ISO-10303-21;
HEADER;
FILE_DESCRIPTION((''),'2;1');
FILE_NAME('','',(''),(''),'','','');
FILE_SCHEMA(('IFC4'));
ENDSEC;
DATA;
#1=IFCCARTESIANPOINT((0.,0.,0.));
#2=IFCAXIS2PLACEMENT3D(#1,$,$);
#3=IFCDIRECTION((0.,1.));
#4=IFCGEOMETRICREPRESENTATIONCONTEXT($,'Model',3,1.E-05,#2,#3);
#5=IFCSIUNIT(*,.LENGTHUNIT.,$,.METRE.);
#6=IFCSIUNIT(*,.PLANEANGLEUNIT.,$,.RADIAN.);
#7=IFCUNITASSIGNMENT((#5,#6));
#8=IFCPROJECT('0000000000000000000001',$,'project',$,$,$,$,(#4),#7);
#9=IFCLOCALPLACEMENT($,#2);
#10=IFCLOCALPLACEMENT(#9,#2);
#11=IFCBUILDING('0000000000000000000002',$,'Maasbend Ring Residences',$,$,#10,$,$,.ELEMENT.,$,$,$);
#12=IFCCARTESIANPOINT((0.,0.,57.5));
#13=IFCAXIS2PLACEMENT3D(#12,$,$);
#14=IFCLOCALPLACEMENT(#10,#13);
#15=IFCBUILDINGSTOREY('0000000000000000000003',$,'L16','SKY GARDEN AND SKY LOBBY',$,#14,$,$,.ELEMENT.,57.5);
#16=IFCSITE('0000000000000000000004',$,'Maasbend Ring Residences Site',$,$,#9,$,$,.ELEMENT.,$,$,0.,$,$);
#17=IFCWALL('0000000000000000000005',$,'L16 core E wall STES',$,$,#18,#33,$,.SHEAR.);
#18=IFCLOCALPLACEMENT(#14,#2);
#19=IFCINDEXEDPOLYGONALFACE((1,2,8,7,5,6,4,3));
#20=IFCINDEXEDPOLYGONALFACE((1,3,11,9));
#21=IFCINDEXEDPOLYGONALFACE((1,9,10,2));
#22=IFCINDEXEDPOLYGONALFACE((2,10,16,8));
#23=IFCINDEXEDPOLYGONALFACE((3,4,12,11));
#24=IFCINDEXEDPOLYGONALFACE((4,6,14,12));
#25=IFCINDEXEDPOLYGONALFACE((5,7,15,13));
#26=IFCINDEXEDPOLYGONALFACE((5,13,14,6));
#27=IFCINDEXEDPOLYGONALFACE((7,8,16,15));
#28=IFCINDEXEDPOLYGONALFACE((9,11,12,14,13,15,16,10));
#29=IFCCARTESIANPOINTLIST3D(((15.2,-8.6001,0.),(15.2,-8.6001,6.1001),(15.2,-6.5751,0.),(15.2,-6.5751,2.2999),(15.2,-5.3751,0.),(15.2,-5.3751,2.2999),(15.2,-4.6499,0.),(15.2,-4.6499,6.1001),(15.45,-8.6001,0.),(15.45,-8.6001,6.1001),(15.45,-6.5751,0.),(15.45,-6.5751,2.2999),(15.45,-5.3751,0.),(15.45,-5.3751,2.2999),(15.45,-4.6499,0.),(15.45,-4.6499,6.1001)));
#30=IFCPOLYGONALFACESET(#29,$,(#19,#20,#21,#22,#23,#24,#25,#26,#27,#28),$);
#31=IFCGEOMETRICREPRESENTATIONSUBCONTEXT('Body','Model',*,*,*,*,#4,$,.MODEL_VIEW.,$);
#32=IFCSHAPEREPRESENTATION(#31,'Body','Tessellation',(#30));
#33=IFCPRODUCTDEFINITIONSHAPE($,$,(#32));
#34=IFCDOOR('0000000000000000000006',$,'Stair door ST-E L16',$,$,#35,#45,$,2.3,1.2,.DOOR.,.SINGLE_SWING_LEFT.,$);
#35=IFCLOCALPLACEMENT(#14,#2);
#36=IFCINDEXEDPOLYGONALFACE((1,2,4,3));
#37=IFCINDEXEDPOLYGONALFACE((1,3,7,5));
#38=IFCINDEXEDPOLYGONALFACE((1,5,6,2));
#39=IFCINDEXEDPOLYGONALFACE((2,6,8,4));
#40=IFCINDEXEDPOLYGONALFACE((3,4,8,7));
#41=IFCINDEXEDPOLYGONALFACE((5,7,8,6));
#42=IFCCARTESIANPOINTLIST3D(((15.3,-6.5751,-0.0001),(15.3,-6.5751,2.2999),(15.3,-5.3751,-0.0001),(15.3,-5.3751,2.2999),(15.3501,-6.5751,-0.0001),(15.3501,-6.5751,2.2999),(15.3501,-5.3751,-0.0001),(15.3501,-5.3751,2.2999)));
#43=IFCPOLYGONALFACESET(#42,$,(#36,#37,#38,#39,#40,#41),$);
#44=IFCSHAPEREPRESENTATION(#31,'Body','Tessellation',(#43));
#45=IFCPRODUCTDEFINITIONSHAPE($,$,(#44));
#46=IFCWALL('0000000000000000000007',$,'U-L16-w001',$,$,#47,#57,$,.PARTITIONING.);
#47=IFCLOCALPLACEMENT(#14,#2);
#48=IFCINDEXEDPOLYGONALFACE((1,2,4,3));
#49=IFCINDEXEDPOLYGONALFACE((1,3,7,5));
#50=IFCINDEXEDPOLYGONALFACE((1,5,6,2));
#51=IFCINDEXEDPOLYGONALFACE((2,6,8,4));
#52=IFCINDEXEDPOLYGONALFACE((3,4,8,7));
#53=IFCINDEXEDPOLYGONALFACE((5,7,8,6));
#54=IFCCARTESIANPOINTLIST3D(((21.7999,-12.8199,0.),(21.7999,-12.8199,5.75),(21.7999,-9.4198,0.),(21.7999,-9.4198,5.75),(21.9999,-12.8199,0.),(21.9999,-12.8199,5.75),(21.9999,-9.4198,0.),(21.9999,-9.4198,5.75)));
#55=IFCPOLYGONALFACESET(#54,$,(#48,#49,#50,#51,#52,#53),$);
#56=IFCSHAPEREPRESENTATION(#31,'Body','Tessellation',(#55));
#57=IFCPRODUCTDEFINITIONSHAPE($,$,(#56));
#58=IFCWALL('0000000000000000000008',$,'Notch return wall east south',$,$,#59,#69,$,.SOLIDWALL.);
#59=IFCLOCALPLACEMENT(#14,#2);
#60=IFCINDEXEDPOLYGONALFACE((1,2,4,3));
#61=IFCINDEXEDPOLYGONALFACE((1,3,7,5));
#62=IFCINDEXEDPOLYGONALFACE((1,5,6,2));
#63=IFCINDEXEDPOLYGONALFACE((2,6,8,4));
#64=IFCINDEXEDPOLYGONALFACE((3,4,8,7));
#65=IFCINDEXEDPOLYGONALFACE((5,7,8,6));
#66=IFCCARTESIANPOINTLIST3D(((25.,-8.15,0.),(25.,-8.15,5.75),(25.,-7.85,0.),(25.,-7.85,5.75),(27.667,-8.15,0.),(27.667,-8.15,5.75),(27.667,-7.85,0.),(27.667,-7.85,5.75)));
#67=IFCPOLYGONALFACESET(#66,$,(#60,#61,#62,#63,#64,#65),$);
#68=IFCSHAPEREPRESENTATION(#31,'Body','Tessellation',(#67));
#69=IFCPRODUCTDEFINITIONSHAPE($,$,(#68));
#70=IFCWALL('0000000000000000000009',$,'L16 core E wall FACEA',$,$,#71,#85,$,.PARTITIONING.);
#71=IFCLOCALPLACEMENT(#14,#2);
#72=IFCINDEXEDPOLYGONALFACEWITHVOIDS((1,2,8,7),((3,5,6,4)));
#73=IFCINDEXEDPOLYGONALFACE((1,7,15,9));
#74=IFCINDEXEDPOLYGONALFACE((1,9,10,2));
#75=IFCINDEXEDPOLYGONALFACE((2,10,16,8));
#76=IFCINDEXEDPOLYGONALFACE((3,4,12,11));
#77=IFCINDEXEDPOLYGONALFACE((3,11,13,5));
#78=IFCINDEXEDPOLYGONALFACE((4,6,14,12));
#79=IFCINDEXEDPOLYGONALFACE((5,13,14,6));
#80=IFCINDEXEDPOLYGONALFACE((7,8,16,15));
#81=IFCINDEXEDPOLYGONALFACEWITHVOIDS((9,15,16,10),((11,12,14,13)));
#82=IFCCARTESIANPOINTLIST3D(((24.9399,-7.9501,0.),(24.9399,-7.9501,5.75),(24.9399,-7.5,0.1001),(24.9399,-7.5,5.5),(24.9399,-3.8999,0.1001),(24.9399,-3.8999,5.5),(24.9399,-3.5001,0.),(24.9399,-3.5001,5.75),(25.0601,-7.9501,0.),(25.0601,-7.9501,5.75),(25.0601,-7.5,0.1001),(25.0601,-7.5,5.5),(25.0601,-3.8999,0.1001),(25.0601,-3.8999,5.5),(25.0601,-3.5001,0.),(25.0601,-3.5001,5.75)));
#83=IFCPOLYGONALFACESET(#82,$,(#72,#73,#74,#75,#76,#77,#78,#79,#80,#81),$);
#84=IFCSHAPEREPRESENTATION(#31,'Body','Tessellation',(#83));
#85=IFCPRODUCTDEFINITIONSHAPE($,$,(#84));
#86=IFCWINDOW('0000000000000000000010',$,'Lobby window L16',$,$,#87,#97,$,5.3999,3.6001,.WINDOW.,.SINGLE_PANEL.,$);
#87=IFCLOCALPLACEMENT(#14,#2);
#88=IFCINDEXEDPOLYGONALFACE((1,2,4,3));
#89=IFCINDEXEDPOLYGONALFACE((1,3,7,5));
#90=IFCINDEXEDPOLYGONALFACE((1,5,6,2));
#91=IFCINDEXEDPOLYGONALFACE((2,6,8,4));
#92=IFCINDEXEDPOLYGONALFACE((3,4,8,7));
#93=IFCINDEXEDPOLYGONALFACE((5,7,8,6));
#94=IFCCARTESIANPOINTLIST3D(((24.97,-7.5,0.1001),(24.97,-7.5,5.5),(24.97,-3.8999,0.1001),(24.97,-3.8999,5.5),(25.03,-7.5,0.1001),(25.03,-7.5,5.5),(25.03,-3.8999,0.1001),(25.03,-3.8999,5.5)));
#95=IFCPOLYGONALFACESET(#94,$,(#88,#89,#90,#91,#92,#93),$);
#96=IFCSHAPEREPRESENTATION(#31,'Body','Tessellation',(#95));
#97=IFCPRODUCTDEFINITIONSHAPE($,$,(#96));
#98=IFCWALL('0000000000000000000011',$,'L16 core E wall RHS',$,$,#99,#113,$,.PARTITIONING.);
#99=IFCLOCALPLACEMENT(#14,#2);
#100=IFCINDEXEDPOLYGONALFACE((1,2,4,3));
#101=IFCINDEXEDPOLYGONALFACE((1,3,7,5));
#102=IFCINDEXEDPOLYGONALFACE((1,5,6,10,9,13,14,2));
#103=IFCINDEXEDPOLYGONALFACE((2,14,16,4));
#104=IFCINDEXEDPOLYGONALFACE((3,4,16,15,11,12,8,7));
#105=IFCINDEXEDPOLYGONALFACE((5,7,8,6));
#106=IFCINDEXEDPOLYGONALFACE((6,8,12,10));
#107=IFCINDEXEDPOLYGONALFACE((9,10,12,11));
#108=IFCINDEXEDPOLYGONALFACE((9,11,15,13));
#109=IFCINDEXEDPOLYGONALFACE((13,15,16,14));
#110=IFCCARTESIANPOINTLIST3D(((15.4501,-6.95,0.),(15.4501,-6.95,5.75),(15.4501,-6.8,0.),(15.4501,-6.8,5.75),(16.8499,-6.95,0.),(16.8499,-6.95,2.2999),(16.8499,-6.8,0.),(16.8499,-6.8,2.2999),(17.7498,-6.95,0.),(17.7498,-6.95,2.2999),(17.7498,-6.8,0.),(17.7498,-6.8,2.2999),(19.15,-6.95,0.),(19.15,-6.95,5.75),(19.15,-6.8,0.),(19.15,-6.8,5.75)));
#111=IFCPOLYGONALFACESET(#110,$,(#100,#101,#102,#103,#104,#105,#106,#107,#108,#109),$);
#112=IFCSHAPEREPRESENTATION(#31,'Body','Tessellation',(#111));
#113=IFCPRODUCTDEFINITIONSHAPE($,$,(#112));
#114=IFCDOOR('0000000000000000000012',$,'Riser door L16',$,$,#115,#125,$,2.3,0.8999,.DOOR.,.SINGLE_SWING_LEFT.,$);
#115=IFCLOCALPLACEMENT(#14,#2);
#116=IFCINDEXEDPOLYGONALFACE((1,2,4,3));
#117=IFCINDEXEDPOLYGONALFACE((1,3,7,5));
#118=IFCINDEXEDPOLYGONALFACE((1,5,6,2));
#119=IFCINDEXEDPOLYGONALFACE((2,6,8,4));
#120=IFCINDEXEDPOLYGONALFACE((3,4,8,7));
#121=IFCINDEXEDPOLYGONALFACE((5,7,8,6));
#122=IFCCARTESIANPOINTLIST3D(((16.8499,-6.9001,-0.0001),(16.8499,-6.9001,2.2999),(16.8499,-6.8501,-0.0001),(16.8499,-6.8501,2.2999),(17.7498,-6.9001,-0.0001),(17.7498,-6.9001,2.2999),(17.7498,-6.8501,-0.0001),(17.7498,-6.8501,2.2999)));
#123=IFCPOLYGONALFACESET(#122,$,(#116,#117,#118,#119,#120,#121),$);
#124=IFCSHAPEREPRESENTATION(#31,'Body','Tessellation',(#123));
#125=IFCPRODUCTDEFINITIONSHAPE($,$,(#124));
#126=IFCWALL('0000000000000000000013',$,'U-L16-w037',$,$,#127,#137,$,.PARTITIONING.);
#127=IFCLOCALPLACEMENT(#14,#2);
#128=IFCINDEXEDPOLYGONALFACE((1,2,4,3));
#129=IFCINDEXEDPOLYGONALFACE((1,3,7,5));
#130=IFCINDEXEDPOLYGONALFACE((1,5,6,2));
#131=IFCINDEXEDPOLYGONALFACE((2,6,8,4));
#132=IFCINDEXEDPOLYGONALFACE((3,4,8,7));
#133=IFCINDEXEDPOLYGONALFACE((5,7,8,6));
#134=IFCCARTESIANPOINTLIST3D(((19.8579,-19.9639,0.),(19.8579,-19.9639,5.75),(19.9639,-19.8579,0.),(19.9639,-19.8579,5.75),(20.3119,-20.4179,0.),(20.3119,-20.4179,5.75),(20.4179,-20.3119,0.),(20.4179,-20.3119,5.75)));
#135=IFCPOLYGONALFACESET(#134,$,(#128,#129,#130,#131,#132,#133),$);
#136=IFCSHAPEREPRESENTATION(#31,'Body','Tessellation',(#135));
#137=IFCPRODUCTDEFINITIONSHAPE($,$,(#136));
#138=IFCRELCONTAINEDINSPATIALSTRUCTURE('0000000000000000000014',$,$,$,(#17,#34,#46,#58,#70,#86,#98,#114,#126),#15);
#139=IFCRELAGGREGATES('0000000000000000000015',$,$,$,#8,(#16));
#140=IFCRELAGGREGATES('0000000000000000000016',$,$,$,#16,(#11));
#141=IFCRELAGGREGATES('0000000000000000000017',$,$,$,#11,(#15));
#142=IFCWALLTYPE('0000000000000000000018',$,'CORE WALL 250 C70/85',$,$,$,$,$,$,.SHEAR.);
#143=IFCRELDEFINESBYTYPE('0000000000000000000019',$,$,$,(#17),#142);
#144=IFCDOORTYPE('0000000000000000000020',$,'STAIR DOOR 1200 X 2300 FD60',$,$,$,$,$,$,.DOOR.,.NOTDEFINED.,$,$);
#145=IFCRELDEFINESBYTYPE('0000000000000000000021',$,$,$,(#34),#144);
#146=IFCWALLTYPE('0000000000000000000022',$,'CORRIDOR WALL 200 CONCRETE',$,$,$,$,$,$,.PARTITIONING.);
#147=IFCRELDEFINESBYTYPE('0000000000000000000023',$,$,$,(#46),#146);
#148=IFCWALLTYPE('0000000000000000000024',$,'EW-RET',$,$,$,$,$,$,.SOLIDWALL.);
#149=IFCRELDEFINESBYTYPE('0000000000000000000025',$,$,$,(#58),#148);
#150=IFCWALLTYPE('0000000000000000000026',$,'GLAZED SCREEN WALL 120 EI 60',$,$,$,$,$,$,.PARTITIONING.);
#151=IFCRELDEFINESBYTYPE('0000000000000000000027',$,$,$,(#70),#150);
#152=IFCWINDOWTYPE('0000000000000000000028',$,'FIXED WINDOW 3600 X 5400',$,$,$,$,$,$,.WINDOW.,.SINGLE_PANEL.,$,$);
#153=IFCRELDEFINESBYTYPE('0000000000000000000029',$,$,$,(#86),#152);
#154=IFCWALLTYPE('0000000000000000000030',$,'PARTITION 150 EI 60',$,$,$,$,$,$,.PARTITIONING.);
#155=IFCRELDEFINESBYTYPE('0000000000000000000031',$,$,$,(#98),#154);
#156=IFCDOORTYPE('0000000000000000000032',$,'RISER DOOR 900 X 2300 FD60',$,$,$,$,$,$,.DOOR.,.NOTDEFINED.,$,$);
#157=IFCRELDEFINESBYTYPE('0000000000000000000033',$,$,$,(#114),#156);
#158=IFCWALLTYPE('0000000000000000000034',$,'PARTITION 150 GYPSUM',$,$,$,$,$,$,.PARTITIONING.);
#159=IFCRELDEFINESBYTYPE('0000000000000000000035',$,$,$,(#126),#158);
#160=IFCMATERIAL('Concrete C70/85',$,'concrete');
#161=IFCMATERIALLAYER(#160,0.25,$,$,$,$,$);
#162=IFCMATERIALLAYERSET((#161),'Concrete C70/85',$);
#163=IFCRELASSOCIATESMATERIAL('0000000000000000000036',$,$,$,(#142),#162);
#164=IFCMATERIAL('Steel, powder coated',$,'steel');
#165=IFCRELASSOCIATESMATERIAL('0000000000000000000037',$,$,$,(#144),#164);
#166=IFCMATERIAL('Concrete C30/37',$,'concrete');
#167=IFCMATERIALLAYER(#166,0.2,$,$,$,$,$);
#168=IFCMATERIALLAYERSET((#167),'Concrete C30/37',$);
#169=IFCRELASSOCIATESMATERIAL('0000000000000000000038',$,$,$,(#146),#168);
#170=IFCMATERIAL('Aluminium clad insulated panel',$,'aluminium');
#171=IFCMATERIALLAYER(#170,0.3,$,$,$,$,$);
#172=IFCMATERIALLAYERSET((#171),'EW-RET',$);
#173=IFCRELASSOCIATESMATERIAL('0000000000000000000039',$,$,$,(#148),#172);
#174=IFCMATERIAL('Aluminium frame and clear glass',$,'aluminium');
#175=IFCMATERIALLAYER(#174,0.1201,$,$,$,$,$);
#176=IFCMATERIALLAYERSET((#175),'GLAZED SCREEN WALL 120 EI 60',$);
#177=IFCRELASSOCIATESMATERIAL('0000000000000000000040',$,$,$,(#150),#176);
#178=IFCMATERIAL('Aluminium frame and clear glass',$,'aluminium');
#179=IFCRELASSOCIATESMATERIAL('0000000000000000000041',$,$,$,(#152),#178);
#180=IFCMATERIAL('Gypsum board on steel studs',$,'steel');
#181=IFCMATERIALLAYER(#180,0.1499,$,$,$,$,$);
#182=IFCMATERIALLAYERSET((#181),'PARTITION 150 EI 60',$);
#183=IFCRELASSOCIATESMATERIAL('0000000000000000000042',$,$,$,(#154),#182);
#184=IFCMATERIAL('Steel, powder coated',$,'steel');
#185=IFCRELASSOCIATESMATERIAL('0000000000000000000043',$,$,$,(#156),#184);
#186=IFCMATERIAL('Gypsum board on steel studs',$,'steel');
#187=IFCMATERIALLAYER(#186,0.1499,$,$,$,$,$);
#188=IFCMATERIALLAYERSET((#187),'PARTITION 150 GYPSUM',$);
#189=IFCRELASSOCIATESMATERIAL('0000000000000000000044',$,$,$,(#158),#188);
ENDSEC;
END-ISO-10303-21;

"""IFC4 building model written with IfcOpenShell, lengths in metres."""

from ifc_helpers import new_model, si_unit, direction, frame, frame_2d, origin, place, context, subcontext, project, spatial, rectangle, extrude, material, layer, layer_set, type_object, element, fill, save


model = new_model("IFC4")

# Units and contexts
model_context = context("Model", 3, precision=1e-05, world=origin(), true_north=direction((0.0, 1.0)))
body_context = subcontext(model_context, "Body", "Model", "MODEL_VIEW")
ifc_project = project(units=[si_unit("LENGTHUNIT", "METRE"), si_unit("PLANEANGLEUNIT", "RADIAN")], contexts=[model_context])

# Site, building, storey
site_placement = place(None, origin())
site = spatial("IfcSite", under=ifc_project, at=site_placement, Name="Maasbend Ring Residences Site", CompositionType="ELEMENT", RefElevation=0.0)
building_placement = place(site_placement, origin())
building = spatial("IfcBuilding", under=site, at=building_placement, Name="Maasbend Ring Residences", CompositionType="ELEMENT")
storey_placement = place(building_placement, frame((0.0, 0.0, 57.5)))
storey = spatial("IfcBuildingStorey", under=building, at=storey_placement, Name="L16", Description="SKY GARDEN AND SKY LOBBY", CompositionType="ELEMENT", Elevation=57.5)

# Wall, opening, door
ifc_material_1 = material(Name="Concrete C70/85", Category="concrete")
ifc_layer_1 = layer(ifc_material_1, 0.25)
ifc_layer_set_1 = layer_set([ifc_layer_1], Name="Concrete C70/85")
wall_type_1 = type_object("IfcWallType", Name="CORE WALL 250 C70/85", PredefinedType="SHEAR", material=ifc_layer_set_1)
wall_1_placement = place(storey_placement, frame((15.325, -8.6001, 0.0), z_axis=(0.0, 0.0, 1.0), x_axis=(0.0, 1.0, 0.0)))
wall_1 = element("IfcWall", 1, at=wall_1_placement, inside=storey, type_object=wall_type_1, Name="L16 core E wall STES", PredefinedType="SHEAR", context=body_context, shape_type="SweptSolid", body=[
    extrude(rectangle(XDim=3.9502, YDim=0.25, at=frame_2d((1.9751, 0.0))), origin(), (0.0, 0.0, 1.0), 6.1001),
])
opening_1_placement = place(wall_1_placement, frame((2.0249, 0.0, 0.0)))
opening_1 = element("IfcOpeningElement", 2, at=opening_1_placement, cuts=wall_1, PredefinedType="OPENING", context=body_context, shape_type="SweptSolid", body=[
    extrude(rectangle(XDim=1.2, YDim=2.3, at=frame_2d((0.6001, 1.1499))), frame((0.0, 0.135, 0.0), z_axis=(0.0, -1.0, 0.0), x_axis=(1.0, 0.0, 0.0)), (0.0, 0.0, 1.0), 0.27),
])
ifc_material_2 = material(Name="Steel, powder coated", Category="steel")
door_type_1 = type_object("IfcDoorType", Name="STAIR DOOR 1200 X 2300 FD60", OperationType="NOTDEFINED", PredefinedType="DOOR", material=ifc_material_2)
door_1_placement = place(opening_1_placement, origin())
door_1 = element("IfcDoor", 3, at=door_1_placement, inside=storey, type_object=door_type_1, Name="Stair door ST-E L16", OperationType="SINGLE_SWING_LEFT", OverallHeight=2.3, OverallWidth=1.2, PredefinedType="DOOR", context=body_context, shape_type="SweptSolid", body=[
    extrude(rectangle(XDim=1.2, YDim=2.3, at=frame_2d((0.6001, 1.1499))), frame((0.0, 0.0249, 0.0), z_axis=(0.0, -1.0, 0.0), x_axis=(1.0, 0.0, 0.0)), (0.0, 0.0, 1.0), 0.05),
])
fill(opening_1, door_1)

# Walls
ifc_material_3 = material(Name="Concrete C30/37", Category="concrete")
ifc_layer_2 = layer(ifc_material_3, 0.2)
ifc_layer_set_2 = layer_set([ifc_layer_2], Name="Concrete C30/37")
wall_type_2 = type_object("IfcWallType", Name="CORRIDOR WALL 200 CONCRETE", PredefinedType="PARTITIONING", material=ifc_layer_set_2)
wall_2_placement = place(storey_placement, frame((21.8999, -12.8201, 0.0), z_axis=(0.0, 0.0, 1.0), x_axis=(0.0, 1.0, 0.0)))
element("IfcWall", 4, at=wall_2_placement, inside=storey, type_object=wall_type_2, Name="U-L16-w001", PredefinedType="PARTITIONING", context=body_context, shape_type="SweptSolid", body=[
    extrude(rectangle(XDim=3.4001, YDim=0.2, at=frame_2d((1.7002, 0.0))), origin(), (0.0, 0.0, 1.0), 5.75),
])
ifc_material_4 = material(Name="Aluminium clad insulated panel", Category="aluminium")
ifc_layer_3 = layer(ifc_material_4, 0.3)
ifc_layer_set_3 = layer_set([ifc_layer_3], Name="EW-RET")
wall_type_3 = type_object("IfcWallType", Name="EW-RET", PredefinedType="SOLIDWALL", material=ifc_layer_set_3)
wall_3_placement = place(storey_placement, frame((25.0, -8.0, 0.0), z_axis=(0.0, 0.0, 1.0), x_axis=(1.0, 0.0, 0.0)))
element("IfcWall", 5, at=wall_3_placement, inside=storey, type_object=wall_type_3, Name="Notch return wall east south", PredefinedType="SOLIDWALL", context=body_context, shape_type="SweptSolid", body=[
    extrude(rectangle(XDim=2.667, YDim=0.3, at=frame_2d((1.3335, 0.0))), origin(), (0.0, 0.0, 1.0), 5.75),
])

# Wall, opening, window
ifc_material_5 = material(Name="Aluminium frame and clear glass", Category="aluminium")
ifc_layer_4 = layer(ifc_material_5, 0.1201)
ifc_layer_set_4 = layer_set([ifc_layer_4], Name="GLAZED SCREEN WALL 120 EI 60")
wall_type_4 = type_object("IfcWallType", Name="GLAZED SCREEN WALL 120 EI 60", PredefinedType="PARTITIONING", material=ifc_layer_set_4)
wall_4_placement = place(storey_placement, frame((25.0, -3.5, 0.0), z_axis=(0.0, 0.0, 1.0), x_axis=(0.0, -1.0, 0.0)))
wall_4 = element("IfcWall", 6, at=wall_4_placement, inside=storey, type_object=wall_type_4, Name="L16 core E wall FACEA", PredefinedType="PARTITIONING", context=body_context, shape_type="SweptSolid", body=[
    extrude(rectangle(XDim=4.45, YDim=0.1201, at=frame_2d((2.2251, 0.0))), origin(), (0.0, 0.0, 1.0), 5.75),
])
opening_2_placement = place(wall_4_placement, frame((0.3999, 0.0, 0.1001)))
opening_2 = element("IfcOpeningElement", 7, at=opening_2_placement, cuts=wall_4, PredefinedType="OPENING", context=body_context, shape_type="SweptSolid", body=[
    extrude(rectangle(XDim=3.6001, YDim=5.3999, at=frame_2d((1.8, 2.7))), frame((0.0, 0.0701, 0.0), z_axis=(0.0, -1.0, 0.0), x_axis=(1.0, 0.0, 0.0)), (0.0, 0.0, 1.0), 0.1401),
])
ifc_material_6 = material(Name="Aluminium frame and clear glass", Category="aluminium")
window_type = type_object("IfcWindowType", Name="FIXED WINDOW 3600 X 5400", PartitioningType="SINGLE_PANEL", PredefinedType="WINDOW", material=ifc_material_6)
window_placement = place(opening_2_placement, origin())
window = element("IfcWindow", 8, at=window_placement, inside=storey, type_object=window_type, Name="Lobby window L16", OverallHeight=5.3999, OverallWidth=3.6001, PartitioningType="SINGLE_PANEL", PredefinedType="WINDOW", context=body_context, shape_type="SweptSolid", body=[
    extrude(rectangle(XDim=3.6001, YDim=5.3999, at=frame_2d((1.8, 2.7))), frame((0.0, 0.03, 0.0), z_axis=(0.0, -1.0, 0.0), x_axis=(1.0, 0.0, 0.0)), (0.0, 0.0, 1.0), 0.0601),
])
fill(opening_2, window)

# Wall, opening, door
ifc_material_7 = material(Name="Gypsum board on steel studs", Category="steel")
ifc_layer_5 = layer(ifc_material_7, 0.1499)
ifc_layer_set_5 = layer_set([ifc_layer_5], Name="PARTITION 150 EI 60")
wall_type_5 = type_object("IfcWallType", Name="PARTITION 150 EI 60", PredefinedType="PARTITIONING", material=ifc_layer_set_5)
wall_5_placement = place(storey_placement, frame((15.45, -6.875, 0.0), z_axis=(0.0, 0.0, 1.0), x_axis=(1.0, 0.0, 0.0)))
wall_5 = element("IfcWall", 9, at=wall_5_placement, inside=storey, type_object=wall_type_5, Name="L16 core E wall RHS", PredefinedType="PARTITIONING", context=body_context, shape_type="SweptSolid", body=[
    extrude(rectangle(XDim=3.7, YDim=0.1499, at=frame_2d((1.8501, 0.0))), origin(), (0.0, 0.0, 1.0), 5.75),
])
opening_3_placement = place(wall_5_placement, frame((1.3999, 0.0, 0.0)))
opening_3 = element("IfcOpeningElement", 10, at=opening_3_placement, cuts=wall_5, PredefinedType="OPENING", context=body_context, shape_type="SweptSolid", body=[
    extrude(rectangle(XDim=0.8999, YDim=2.3, at=frame_2d((0.45, 1.1499))), frame((0.0, 0.085, 0.0), z_axis=(0.0, -1.0, 0.0), x_axis=(1.0, 0.0, 0.0)), (0.0, 0.0, 1.0), 0.1699),
])
ifc_material_8 = material(Name="Steel, powder coated", Category="steel")
door_type_2 = type_object("IfcDoorType", Name="RISER DOOR 900 X 2300 FD60", OperationType="NOTDEFINED", PredefinedType="DOOR", material=ifc_material_8)
door_2_placement = place(opening_3_placement, origin())
door_2 = element("IfcDoor", 11, at=door_2_placement, inside=storey, type_object=door_type_2, Name="Riser door L16", OperationType="SINGLE_SWING_LEFT", OverallHeight=2.3, OverallWidth=0.8999, PredefinedType="DOOR", context=body_context, shape_type="SweptSolid", body=[
    extrude(rectangle(XDim=0.8999, YDim=2.3, at=frame_2d((0.45, 1.1499))), frame((0.0, 0.0249, 0.0), z_axis=(0.0, -1.0, 0.0), x_axis=(1.0, 0.0, 0.0)), (0.0, 0.0, 1.0), 0.05),
])
fill(opening_3, door_2)

# Wall
ifc_material_9 = material(Name="Gypsum board on steel studs", Category="steel")
ifc_layer_6 = layer(ifc_material_9, 0.1499)
ifc_layer_set_6 = layer_set([ifc_layer_6], Name="PARTITION 150 GYPSUM")
wall_type_6 = type_object("IfcWallType", Name="PARTITION 150 GYPSUM", PredefinedType="PARTITIONING", material=ifc_layer_set_6)
wall_6_placement = place(storey_placement, frame((19.9109, -19.9109, 0.0), z_axis=(0.0, 0.0, 1.0), x_axis=(0.707107, -0.707107, 0.0)))
element("IfcWall", 12, at=wall_6_placement, inside=storey, type_object=wall_type_6, Name="U-L16-w037", PredefinedType="PARTITIONING", context=body_context, shape_type="SweptSolid", body=[
    extrude(rectangle(XDim=0.6421, YDim=0.1499, at=frame_2d((0.321, 0.0))), origin(), (0.0, 0.0, 1.0), 5.75),
])

save(model, "model.ifc")
